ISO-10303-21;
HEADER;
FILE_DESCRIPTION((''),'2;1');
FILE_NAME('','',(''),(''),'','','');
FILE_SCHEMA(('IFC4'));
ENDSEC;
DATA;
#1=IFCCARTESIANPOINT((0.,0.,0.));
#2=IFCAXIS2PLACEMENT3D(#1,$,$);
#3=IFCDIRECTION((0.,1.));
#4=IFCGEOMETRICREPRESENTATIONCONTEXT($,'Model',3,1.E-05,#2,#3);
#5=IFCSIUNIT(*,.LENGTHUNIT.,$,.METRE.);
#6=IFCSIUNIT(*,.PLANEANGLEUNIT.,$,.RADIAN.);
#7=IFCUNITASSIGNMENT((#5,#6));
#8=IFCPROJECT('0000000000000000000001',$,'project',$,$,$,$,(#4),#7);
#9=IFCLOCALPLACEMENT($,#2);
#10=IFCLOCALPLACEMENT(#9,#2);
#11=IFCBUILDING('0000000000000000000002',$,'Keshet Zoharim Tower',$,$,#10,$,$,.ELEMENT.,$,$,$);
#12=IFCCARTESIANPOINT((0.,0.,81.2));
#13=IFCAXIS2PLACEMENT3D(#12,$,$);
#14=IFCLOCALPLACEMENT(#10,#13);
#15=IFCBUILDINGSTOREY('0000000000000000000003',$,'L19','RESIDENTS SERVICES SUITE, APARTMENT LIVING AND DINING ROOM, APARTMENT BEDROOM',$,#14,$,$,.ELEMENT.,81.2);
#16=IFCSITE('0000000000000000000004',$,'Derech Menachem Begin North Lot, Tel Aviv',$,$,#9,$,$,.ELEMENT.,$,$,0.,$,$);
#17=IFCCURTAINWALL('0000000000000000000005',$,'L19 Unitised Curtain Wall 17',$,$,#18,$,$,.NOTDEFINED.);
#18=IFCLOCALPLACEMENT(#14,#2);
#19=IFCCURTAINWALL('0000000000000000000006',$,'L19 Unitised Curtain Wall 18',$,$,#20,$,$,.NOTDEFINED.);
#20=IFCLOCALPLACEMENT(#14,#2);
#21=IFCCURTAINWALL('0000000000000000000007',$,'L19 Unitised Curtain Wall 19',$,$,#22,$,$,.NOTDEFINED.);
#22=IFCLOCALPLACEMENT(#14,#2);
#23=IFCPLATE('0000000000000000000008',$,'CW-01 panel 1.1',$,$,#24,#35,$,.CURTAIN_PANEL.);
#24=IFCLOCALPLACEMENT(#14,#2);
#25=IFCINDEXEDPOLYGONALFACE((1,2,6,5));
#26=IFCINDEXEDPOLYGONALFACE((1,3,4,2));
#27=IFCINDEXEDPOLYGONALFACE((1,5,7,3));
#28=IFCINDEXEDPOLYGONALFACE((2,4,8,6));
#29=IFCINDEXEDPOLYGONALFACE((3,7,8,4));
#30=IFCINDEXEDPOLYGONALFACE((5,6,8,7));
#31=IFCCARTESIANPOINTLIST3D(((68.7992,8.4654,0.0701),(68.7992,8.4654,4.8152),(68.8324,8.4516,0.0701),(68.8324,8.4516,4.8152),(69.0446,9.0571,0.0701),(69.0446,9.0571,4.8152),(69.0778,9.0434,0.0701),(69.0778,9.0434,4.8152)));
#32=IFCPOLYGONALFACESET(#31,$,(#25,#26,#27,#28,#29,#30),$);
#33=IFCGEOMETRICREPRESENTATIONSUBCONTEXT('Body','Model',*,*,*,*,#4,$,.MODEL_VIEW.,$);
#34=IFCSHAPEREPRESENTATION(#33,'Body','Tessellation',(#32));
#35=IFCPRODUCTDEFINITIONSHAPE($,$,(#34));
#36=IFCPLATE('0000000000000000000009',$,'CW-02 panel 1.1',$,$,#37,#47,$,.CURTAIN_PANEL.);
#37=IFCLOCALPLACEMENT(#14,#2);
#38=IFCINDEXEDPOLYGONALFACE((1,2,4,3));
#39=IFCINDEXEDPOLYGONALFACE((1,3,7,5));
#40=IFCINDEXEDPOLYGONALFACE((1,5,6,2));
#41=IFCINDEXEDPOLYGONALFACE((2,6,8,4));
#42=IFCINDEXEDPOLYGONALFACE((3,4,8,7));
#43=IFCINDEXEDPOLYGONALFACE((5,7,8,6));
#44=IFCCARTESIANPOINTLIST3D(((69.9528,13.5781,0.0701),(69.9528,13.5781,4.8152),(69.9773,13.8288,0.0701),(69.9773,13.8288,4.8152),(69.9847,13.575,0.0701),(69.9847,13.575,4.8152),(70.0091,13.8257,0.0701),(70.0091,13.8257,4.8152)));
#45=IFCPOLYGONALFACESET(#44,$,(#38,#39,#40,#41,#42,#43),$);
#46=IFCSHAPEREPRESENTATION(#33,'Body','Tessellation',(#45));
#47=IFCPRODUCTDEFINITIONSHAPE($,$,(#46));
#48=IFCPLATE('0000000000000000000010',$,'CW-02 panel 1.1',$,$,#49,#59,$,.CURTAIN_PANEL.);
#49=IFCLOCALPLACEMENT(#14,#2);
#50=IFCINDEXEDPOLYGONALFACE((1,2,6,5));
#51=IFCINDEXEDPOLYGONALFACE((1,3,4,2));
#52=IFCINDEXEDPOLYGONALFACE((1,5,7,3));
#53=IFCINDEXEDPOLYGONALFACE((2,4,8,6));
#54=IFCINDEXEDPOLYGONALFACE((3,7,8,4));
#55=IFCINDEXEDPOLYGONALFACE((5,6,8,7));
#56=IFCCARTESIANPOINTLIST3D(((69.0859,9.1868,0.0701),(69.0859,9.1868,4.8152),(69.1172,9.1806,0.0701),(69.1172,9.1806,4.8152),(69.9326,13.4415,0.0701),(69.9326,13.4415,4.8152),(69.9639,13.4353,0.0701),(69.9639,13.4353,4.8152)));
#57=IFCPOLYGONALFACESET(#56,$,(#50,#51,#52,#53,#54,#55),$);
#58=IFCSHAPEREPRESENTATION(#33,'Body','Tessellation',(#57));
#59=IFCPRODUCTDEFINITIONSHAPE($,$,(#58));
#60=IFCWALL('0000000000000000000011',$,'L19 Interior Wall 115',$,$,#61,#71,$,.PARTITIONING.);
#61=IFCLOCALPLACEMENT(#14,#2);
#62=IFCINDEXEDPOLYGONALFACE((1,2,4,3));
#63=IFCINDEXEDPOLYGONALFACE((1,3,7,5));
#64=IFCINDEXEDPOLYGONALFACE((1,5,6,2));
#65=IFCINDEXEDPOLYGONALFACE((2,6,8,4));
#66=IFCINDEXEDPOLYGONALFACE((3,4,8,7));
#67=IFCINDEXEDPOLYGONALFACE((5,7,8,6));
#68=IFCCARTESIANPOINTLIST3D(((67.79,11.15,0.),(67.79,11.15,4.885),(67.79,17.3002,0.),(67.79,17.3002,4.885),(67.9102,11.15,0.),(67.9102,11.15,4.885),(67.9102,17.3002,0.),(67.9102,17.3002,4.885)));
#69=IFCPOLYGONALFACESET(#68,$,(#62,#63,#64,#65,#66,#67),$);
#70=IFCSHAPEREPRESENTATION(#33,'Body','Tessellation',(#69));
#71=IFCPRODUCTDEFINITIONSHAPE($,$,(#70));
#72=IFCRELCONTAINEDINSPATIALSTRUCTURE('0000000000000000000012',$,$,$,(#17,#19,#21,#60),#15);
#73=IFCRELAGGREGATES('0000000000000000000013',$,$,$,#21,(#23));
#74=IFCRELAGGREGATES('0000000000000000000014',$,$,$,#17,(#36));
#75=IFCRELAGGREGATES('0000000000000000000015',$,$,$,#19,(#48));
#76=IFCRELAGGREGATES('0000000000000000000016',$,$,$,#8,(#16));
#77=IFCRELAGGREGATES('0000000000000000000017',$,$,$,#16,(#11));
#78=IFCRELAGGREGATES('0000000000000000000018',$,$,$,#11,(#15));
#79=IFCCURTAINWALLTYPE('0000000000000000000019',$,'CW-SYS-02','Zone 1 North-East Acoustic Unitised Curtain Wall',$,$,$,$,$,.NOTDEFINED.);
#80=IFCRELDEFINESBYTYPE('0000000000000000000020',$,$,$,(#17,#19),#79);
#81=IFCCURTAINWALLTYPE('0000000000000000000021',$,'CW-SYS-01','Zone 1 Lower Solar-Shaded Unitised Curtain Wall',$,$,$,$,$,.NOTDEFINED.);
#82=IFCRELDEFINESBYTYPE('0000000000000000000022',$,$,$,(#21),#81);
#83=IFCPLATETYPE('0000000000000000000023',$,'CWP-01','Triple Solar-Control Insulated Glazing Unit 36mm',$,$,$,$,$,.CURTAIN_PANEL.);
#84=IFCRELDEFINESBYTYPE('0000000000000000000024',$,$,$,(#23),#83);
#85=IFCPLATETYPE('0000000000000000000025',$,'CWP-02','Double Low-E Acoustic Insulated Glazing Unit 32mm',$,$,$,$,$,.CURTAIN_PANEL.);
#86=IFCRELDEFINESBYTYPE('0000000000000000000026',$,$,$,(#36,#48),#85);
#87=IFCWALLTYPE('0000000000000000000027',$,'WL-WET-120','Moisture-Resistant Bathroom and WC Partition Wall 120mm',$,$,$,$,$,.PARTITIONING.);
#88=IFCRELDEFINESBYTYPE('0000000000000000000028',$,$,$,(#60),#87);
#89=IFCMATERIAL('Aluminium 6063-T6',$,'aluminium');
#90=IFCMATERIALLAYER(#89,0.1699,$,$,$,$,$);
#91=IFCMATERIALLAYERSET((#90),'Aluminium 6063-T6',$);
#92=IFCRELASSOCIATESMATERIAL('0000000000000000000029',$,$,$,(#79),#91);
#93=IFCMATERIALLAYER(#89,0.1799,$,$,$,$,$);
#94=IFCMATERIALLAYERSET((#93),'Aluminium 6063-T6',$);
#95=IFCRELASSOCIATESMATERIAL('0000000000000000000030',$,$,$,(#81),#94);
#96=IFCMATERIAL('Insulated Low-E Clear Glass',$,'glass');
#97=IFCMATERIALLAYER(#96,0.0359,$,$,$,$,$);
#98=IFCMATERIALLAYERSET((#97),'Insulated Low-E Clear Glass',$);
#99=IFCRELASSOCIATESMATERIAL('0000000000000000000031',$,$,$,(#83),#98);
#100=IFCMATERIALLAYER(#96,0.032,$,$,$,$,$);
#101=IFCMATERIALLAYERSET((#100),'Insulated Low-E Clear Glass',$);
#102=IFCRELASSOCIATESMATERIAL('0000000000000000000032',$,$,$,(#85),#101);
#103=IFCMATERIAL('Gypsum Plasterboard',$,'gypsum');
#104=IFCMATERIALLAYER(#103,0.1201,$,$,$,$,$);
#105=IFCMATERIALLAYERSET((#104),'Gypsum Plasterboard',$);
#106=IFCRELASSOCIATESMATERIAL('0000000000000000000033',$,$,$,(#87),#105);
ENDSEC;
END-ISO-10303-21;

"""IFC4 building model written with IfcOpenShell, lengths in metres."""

from ifc_helpers import new_model, si_unit, direction, frame, frame_2d, origin, origin_2d, place, context, subcontext, project, spatial, rectangle, extrude, material, layer, layer_set, type_object, element, aggregate, save


model = new_model("IFC4")

# Units and contexts
model_context = context("Model", 3, precision=1e-05, world=origin(), true_north=direction((0.0, 1.0)))
body_context = subcontext(model_context, "Body", "Model", "MODEL_VIEW")
ifc_project = project(units=[si_unit("LENGTHUNIT", "METRE"), si_unit("PLANEANGLEUNIT", "RADIAN")], contexts=[model_context])

# Site, building, storey
site_placement = place(None, origin())
site = spatial("IfcSite", under=ifc_project, at=site_placement, Name="Derech Menachem Begin North Lot, Tel Aviv", CompositionType="ELEMENT", RefElevation=0.0)
building_placement = place(site_placement, origin())
building = spatial("IfcBuilding", under=site, at=building_placement, Name="Keshet Zoharim Tower", CompositionType="ELEMENT")
storey_placement = place(building_placement, frame((0.0, 0.0, 81.2)))
storey = spatial("IfcBuildingStorey", under=building, at=storey_placement, Name="L19", Description="RESIDENTS SERVICES SUITE, APARTMENT LIVING AND DINING ROOM, APARTMENT BEDROOM", CompositionType="ELEMENT", Elevation=81.2)

# Shared definitions
ifc_material_1 = material(Name="Aluminium 6063-T6", Category="aluminium")
ifc_layer_1 = layer(ifc_material_1, 0.1699)
ifc_layer_set_1 = layer_set([ifc_layer_1], Name="Aluminium 6063-T6")
curtain_wall_type_1 = type_object("IfcCurtainWallType", Name="CW-SYS-02", Description="Zone 1 North-East Acoustic Unitised Curtain Wall", PredefinedType="NOTDEFINED", material=ifc_layer_set_1)

# Curtain walls
curtain_wall_1_placement = place(storey_placement, origin())
curtain_wall_1 = element("IfcCurtainWall", 1, at=curtain_wall_1_placement, inside=storey, type_object=curtain_wall_type_1, Name="L19 Unitised Curtain Wall 17", PredefinedType="NOTDEFINED")
curtain_wall_2_placement = place(storey_placement, origin())
curtain_wall_2 = element("IfcCurtainWall", 2, at=curtain_wall_2_placement, inside=storey, type_object=curtain_wall_type_1, Name="L19 Unitised Curtain Wall 18", PredefinedType="NOTDEFINED")
ifc_layer_2 = layer(ifc_material_1, 0.1799)
ifc_layer_set_2 = layer_set([ifc_layer_2], Name="Aluminium 6063-T6")
curtain_wall_type_2 = type_object("IfcCurtainWallType", Name="CW-SYS-01", Description="Zone 1 Lower Solar-Shaded Unitised Curtain Wall", PredefinedType="NOTDEFINED", material=ifc_layer_set_2)
curtain_wall_3_placement = place(storey_placement, origin())
curtain_wall_3 = element("IfcCurtainWall", 3, at=curtain_wall_3_placement, inside=storey, type_object=curtain_wall_type_2, Name="L19 Unitised Curtain Wall 19", PredefinedType="NOTDEFINED")

# Plates
ifc_material_2 = material(Name="Insulated Low-E Clear Glass", Category="glass")
ifc_layer_3 = layer(ifc_material_2, 0.0359)
ifc_layer_set_3 = layer_set([ifc_layer_3], Name="Insulated Low-E Clear Glass")
plate_type_1 = type_object("IfcPlateType", Name="CWP-01", Description="Triple Solar-Control Insulated Glazing Unit 36mm", PredefinedType="CURTAIN_PANEL", material=ifc_layer_set_3)
plate_1_placement = place(storey_placement, frame((68.9385, 8.7544, 0.0701), z_axis=(0.0, 0.0, 1.0), x_axis=(-0.383068, -0.92372, 0.0)))
plate_1 = element("IfcPlate", 4, at=plate_1_placement, type_object=plate_type_1, Name="CW-01 panel 1.1", PredefinedType="CURTAIN_PANEL", context=body_context, shape_type="SweptSolid", body=[
    extrude(rectangle(XDim=0.6406, YDim=0.0359, at=origin_2d()), origin(), (0.0, 0.0, 1.0), 4.7451),
])
aggregate(curtain_wall_3, [plate_1])
ifc_layer_4 = layer(ifc_material_2, 0.032)
ifc_layer_set_4 = layer_set([ifc_layer_4], Name="Insulated Low-E Clear Glass")
plate_type_2 = type_object("IfcPlateType", Name="CWP-02", Description="Double Low-E Acoustic Insulated Glazing Unit 32mm", PredefinedType="CURTAIN_PANEL", material=ifc_layer_set_4)
plate_2_placement = place(storey_placement, frame((69.981, 13.7019, 0.0701), z_axis=(0.0, 0.0, 1.0), x_axis=(-0.096977, -0.995287, 0.0)))
plate_2 = element("IfcPlate", 5, at=plate_2_placement, type_object=plate_type_2, Name="CW-02 panel 1.1", PredefinedType="CURTAIN_PANEL", context=body_context, shape_type="SweptSolid", body=[
    extrude(rectangle(XDim=0.252, YDim=0.032, at=origin_2d()), origin(), (0.0, 0.0, 1.0), 4.7451),
])
aggregate(curtain_wall_1, [plate_2])
plate_3_placement = place(storey_placement, frame((69.5249, 11.311, 0.0701), z_axis=(0.0, 0.0, 1.0), x_axis=(-0.195171, -0.980769, 0.0)))
plate_3 = element("IfcPlate", 6, at=plate_3_placement, type_object=plate_type_2, Name="CW-02 panel 1.1", PredefinedType="CURTAIN_PANEL", context=body_context, shape_type="SweptSolid", body=[
    extrude(rectangle(XDim=4.3381, YDim=0.032, at=origin_2d()), origin(), (0.0, 0.0, 1.0), 4.7451),
])
aggregate(curtain_wall_2, [plate_3])

# Wall
ifc_material_3 = material(Name="Gypsum Plasterboard", Category="gypsum")
ifc_layer_5 = layer(ifc_material_3, 0.1201)
ifc_layer_set_5 = layer_set([ifc_layer_5], Name="Gypsum Plasterboard")
wall_type = type_object("IfcWallType", Name="WL-WET-120", Description="Moisture-Resistant Bathroom and WC Partition Wall 120mm", PredefinedType="PARTITIONING", material=ifc_layer_set_5)
wall_placement = place(storey_placement, frame((67.8501, 11.1499, 0.0), z_axis=(0.0, 0.0, 1.0), x_axis=(0.0, 1.0, 0.0)))
element("IfcWall", 7, at=wall_placement, inside=storey, type_object=wall_type, Name="L19 Interior Wall 115", PredefinedType="PARTITIONING", context=body_context, shape_type="SweptSolid", body=[
    extrude(rectangle(XDim=6.1501, YDim=0.1201, at=frame_2d((3.0752, 0.0))), origin(), (0.0, 0.0, 1.0), 4.885),
])

save(model, "model.ifc")
